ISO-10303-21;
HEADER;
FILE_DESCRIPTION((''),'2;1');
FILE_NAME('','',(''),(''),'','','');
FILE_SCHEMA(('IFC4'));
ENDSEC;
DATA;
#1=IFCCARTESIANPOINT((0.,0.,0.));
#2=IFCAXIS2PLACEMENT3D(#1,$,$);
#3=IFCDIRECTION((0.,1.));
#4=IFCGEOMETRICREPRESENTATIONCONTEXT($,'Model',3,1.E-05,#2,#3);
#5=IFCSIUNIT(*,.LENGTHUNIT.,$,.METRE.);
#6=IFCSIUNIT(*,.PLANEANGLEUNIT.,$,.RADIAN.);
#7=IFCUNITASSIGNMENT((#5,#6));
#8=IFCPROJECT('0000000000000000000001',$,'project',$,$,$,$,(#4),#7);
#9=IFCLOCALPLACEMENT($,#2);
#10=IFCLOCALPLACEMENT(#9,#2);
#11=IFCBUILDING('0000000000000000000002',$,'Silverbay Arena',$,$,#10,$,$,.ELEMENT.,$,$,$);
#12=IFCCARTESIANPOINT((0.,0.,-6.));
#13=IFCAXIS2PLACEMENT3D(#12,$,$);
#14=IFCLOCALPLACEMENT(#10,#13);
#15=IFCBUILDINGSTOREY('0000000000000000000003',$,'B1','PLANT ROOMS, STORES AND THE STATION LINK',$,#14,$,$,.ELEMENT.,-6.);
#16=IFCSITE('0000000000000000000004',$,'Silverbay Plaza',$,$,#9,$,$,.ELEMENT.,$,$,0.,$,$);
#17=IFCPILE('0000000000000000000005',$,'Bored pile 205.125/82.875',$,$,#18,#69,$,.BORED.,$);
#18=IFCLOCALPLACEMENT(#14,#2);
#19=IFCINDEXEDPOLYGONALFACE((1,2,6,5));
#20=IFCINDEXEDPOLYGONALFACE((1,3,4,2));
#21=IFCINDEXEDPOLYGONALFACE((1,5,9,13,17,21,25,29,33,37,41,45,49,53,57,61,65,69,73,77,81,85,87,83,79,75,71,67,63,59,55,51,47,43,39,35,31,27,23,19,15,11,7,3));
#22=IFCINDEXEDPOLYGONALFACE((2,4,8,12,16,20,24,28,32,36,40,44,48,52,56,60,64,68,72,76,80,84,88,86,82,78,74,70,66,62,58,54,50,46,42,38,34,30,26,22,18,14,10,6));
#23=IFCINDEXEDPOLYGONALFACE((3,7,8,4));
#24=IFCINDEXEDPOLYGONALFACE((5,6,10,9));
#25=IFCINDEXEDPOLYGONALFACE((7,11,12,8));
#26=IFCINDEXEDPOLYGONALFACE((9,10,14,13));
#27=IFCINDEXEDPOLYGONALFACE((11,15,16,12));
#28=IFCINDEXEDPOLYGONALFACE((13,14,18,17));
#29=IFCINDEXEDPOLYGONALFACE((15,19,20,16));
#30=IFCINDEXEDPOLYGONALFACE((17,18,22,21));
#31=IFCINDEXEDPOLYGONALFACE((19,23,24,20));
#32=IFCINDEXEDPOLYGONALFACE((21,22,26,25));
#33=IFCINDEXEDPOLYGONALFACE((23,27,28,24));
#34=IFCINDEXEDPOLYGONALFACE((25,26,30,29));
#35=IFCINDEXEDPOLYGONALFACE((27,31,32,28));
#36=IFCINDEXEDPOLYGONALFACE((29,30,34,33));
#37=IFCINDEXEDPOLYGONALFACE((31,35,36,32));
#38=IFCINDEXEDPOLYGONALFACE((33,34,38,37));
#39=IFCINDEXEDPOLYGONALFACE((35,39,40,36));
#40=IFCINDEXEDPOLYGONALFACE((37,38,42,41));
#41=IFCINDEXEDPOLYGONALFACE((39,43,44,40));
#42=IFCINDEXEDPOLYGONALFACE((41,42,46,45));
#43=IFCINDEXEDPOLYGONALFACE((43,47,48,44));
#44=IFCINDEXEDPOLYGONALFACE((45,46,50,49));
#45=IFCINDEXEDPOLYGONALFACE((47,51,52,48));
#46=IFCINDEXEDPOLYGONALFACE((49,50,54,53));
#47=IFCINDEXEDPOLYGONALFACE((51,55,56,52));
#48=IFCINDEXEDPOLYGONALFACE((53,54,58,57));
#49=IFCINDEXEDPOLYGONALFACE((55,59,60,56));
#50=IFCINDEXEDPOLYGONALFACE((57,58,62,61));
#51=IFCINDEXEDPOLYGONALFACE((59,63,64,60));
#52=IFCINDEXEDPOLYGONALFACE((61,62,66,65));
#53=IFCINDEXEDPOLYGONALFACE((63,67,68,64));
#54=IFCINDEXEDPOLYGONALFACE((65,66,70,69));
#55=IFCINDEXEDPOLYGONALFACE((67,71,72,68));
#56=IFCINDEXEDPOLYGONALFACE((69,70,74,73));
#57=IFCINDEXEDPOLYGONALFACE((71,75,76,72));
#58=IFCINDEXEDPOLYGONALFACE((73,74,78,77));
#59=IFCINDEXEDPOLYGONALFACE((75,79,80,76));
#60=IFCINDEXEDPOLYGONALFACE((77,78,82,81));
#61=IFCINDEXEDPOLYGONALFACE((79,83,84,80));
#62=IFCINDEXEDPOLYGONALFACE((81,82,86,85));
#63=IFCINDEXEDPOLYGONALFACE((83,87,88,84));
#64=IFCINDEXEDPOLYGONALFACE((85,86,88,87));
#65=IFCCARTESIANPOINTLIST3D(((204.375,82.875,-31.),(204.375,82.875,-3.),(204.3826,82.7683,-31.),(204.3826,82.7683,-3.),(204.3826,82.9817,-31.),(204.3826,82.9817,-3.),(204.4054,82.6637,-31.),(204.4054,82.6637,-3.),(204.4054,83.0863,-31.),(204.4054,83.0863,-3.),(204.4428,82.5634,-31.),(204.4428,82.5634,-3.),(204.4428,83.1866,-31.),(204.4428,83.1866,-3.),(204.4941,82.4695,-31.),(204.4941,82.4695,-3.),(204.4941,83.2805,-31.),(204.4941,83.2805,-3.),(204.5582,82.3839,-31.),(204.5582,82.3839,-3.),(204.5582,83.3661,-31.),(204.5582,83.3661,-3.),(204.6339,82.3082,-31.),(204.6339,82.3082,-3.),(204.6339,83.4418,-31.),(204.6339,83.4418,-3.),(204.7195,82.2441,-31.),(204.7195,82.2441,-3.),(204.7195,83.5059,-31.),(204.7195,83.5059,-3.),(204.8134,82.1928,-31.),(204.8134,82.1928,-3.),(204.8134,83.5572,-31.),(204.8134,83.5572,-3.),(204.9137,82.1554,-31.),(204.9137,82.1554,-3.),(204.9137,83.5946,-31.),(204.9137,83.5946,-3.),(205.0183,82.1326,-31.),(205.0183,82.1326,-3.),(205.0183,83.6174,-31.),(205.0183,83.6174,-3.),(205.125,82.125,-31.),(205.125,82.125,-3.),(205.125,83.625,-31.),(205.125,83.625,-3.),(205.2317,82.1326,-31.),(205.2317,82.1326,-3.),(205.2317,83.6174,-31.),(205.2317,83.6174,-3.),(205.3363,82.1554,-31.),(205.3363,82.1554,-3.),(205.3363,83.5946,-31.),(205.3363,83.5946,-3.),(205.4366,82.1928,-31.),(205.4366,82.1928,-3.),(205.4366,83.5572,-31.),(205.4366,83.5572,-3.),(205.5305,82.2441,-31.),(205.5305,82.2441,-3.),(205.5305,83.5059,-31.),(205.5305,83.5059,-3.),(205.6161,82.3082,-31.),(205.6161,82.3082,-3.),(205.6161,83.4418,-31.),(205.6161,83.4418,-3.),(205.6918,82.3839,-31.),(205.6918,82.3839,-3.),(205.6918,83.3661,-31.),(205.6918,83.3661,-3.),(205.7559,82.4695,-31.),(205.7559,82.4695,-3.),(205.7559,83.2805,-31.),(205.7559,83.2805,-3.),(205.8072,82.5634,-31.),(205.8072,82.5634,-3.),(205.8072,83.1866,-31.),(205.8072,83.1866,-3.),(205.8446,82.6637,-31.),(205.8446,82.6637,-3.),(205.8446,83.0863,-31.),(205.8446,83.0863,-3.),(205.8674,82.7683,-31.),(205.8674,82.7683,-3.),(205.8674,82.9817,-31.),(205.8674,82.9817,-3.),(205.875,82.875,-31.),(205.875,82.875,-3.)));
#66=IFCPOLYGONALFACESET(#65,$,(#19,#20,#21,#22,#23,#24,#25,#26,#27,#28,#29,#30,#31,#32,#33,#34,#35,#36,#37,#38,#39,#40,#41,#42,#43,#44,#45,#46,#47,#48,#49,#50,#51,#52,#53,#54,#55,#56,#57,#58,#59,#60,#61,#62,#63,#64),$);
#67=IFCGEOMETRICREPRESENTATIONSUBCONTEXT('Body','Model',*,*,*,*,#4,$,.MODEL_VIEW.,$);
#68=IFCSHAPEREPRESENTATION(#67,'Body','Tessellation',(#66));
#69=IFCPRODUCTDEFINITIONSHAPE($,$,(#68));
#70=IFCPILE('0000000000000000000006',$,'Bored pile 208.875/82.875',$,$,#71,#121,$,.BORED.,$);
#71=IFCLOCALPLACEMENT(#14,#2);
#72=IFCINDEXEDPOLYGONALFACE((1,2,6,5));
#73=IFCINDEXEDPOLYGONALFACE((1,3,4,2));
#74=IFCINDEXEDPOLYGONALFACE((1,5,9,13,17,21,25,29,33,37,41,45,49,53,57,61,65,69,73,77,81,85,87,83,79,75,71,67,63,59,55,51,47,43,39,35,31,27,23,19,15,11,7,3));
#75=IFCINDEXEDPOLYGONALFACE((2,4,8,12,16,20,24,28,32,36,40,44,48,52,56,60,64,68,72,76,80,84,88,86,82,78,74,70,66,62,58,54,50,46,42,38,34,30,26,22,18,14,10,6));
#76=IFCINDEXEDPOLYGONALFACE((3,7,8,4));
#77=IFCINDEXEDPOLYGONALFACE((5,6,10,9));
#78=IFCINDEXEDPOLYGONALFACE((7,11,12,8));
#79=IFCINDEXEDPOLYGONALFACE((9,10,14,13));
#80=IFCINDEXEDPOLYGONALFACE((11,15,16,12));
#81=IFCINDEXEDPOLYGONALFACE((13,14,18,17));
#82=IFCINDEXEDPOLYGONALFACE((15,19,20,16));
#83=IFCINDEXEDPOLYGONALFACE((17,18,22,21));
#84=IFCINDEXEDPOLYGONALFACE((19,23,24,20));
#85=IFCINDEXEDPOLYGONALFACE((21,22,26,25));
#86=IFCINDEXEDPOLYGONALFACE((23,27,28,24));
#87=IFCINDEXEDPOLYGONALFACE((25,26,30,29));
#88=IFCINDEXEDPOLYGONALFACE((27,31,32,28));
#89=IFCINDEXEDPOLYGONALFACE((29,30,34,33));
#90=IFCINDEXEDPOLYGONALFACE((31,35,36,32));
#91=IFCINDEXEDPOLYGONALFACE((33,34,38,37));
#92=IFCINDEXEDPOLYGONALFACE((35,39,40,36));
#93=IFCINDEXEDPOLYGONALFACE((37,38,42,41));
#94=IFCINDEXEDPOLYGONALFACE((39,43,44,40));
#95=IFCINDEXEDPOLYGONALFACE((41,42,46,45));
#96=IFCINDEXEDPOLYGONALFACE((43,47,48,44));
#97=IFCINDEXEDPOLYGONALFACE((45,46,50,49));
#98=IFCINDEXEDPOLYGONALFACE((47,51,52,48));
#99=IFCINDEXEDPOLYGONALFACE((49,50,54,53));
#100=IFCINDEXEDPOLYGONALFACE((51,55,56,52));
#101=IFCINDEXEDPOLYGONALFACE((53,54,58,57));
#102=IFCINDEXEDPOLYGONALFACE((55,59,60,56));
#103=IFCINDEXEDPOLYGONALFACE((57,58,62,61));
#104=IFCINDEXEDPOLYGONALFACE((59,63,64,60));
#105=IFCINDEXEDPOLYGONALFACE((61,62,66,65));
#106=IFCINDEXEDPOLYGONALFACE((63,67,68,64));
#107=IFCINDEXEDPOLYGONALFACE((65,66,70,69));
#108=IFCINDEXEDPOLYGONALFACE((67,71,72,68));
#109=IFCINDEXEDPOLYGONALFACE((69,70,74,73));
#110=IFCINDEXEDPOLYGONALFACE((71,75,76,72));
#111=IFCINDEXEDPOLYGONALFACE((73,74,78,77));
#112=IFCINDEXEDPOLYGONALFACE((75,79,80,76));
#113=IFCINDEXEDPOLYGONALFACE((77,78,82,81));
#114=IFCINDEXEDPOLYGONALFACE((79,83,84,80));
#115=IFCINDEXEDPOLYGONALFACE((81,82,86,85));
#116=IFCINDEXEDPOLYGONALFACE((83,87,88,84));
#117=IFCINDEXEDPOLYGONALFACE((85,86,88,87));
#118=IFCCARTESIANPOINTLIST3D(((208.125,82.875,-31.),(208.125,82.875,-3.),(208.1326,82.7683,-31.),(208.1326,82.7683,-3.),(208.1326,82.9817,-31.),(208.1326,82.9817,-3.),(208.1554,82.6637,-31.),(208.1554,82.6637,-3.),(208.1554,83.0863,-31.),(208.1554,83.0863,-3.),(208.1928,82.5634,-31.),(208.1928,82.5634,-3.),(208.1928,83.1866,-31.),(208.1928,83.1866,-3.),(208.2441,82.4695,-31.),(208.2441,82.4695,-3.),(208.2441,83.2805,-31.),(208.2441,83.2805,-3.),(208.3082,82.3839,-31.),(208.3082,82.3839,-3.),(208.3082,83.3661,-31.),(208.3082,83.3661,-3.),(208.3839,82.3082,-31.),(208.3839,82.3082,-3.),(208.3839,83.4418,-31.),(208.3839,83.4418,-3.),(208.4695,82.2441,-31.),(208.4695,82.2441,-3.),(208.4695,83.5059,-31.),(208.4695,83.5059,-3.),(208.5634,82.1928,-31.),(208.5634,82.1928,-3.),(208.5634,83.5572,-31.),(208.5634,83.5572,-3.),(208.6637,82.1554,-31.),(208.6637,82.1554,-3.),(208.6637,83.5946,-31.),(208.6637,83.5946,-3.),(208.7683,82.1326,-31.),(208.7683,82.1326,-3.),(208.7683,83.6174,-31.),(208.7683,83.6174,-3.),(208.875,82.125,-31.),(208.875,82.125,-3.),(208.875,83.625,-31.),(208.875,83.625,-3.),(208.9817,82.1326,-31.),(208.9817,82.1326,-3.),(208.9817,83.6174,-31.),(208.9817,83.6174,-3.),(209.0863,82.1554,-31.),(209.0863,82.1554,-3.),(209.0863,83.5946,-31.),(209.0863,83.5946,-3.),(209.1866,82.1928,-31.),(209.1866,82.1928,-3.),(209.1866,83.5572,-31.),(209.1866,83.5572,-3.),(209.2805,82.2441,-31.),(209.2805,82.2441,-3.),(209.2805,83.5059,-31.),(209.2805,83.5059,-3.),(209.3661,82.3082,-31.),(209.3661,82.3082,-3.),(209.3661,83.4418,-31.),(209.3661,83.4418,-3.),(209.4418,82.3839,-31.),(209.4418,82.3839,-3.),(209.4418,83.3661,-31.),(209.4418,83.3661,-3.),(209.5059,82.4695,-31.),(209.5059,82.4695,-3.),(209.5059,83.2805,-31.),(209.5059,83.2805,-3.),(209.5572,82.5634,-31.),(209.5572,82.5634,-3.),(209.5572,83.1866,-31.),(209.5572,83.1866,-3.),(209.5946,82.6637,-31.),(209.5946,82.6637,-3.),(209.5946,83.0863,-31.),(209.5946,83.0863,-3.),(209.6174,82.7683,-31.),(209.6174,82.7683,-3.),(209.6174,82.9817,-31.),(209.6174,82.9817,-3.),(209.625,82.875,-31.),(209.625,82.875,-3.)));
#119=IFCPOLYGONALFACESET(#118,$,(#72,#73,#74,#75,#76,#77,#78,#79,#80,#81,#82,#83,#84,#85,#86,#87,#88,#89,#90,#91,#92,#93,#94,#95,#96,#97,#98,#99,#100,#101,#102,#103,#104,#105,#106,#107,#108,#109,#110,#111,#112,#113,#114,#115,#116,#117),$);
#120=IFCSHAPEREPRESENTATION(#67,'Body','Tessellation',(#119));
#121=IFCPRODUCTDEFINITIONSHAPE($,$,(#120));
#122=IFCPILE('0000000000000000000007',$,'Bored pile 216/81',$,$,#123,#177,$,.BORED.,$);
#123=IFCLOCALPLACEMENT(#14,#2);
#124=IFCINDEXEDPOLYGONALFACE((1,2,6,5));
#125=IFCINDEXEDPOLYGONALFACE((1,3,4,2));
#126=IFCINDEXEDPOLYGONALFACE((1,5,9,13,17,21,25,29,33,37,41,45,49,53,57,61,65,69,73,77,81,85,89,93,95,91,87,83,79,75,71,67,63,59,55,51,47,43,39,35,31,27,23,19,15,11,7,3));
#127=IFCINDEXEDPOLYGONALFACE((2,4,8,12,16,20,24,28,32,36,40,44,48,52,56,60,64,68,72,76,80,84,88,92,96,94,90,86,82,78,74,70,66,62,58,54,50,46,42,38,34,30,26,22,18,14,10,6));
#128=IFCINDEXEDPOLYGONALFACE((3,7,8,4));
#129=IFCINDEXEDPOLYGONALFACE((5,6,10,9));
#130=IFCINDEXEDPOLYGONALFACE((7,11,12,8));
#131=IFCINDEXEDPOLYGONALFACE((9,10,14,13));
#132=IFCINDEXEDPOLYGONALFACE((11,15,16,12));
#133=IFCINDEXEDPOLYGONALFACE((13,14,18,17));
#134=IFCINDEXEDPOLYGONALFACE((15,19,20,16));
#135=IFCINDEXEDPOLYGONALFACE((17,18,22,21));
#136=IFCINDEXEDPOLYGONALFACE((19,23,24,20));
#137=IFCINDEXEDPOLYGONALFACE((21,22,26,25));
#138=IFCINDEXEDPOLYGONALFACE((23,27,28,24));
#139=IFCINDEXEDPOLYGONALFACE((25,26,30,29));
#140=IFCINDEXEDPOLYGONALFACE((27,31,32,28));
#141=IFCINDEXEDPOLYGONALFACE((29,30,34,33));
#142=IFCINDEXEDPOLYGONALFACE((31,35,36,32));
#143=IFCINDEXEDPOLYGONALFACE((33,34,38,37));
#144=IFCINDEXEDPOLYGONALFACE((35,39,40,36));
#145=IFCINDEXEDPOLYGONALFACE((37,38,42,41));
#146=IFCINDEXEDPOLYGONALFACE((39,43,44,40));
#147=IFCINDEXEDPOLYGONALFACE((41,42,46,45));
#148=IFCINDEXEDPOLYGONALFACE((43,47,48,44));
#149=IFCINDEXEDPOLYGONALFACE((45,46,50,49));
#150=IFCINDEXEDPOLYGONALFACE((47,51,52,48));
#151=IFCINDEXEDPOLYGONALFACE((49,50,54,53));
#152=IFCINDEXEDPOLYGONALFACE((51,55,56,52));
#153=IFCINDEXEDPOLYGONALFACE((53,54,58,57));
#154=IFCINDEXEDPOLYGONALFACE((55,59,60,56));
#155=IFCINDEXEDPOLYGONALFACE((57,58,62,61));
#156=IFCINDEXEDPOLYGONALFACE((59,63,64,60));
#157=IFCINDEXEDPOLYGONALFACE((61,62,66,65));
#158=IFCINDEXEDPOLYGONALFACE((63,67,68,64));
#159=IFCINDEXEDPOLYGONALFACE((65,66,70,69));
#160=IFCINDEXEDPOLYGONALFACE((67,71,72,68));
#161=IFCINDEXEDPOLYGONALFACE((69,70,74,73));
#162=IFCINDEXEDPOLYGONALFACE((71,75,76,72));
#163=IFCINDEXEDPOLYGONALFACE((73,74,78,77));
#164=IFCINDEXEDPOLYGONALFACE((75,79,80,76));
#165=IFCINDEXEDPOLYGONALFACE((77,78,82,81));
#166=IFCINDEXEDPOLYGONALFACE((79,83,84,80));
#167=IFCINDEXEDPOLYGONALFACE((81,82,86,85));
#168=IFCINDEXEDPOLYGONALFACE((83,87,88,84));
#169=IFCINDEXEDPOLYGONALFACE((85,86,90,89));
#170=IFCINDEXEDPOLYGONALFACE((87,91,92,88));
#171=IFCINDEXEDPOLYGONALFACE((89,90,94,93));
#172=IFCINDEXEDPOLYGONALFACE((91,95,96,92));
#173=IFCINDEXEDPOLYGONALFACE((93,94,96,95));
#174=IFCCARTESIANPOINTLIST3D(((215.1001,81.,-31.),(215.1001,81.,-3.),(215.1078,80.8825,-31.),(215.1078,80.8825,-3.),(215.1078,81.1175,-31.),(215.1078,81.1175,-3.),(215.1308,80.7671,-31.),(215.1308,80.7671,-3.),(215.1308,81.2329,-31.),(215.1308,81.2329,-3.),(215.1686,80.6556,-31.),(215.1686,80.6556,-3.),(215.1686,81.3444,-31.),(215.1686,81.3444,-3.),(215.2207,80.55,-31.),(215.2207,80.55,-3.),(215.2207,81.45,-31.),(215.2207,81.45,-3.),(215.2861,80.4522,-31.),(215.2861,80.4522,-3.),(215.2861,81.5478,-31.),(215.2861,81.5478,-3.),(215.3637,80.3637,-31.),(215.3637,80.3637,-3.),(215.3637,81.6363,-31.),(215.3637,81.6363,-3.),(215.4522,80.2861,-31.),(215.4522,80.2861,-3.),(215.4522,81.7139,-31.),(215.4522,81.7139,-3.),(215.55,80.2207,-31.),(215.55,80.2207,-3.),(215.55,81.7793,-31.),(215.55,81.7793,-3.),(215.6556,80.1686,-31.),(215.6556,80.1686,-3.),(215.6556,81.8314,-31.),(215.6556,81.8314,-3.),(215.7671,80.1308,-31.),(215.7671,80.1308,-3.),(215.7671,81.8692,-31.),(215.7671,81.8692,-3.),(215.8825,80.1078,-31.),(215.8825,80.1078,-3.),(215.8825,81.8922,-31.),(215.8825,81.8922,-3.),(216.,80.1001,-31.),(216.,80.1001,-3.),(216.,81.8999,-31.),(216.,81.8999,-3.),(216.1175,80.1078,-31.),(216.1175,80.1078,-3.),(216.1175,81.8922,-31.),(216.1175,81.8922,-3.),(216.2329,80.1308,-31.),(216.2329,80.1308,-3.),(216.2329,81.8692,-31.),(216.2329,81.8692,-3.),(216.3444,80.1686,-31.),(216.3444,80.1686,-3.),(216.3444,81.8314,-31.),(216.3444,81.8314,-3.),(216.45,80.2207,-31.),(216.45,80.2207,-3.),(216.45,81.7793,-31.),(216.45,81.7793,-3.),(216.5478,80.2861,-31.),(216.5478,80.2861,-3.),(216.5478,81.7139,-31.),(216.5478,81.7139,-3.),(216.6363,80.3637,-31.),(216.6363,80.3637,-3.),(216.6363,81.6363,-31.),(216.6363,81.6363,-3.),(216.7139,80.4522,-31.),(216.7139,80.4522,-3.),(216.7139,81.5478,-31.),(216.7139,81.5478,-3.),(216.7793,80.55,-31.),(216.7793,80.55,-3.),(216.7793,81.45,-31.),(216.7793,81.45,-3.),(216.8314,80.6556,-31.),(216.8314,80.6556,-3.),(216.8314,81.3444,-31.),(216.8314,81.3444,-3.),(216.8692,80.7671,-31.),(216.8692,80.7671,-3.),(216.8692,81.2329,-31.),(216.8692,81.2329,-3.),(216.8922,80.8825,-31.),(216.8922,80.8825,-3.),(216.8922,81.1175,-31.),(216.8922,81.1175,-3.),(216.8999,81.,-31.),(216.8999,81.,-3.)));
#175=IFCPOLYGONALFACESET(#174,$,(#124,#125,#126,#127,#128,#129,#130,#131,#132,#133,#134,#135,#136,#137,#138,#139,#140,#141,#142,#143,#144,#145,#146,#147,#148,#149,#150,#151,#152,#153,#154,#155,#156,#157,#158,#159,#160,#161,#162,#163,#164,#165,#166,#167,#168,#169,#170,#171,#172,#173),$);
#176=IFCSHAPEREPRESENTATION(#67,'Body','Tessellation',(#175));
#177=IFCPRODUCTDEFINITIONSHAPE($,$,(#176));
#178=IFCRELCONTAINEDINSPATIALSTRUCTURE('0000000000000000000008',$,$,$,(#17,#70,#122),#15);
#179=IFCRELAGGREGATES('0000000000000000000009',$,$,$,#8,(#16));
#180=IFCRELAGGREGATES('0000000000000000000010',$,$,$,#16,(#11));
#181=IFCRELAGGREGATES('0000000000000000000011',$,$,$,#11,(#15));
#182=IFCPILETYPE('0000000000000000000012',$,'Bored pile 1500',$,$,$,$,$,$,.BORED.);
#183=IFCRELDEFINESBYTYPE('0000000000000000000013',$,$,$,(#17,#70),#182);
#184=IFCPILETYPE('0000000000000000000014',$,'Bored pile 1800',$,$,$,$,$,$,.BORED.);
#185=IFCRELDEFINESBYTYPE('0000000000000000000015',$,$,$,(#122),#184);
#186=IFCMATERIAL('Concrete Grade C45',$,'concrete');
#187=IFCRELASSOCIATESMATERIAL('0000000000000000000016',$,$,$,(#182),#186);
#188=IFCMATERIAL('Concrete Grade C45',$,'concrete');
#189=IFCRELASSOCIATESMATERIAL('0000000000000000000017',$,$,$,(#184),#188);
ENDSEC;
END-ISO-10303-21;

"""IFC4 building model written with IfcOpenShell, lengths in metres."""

from ifc_helpers import new_model, si_unit, direction, frame, origin, origin_2d, place, context, subcontext, project, spatial, circle, extrude, material, material_profile, profile_set, type_object, element, save


model = new_model("IFC4")

# Units and contexts
model_context = context("Model", 3, precision=1e-05, world=origin(), true_north=direction((0.0, 1.0)))
body_context = subcontext(model_context, "Body", "Model", "MODEL_VIEW")
ifc_project = project(units=[si_unit("LENGTHUNIT", "METRE"), si_unit("PLANEANGLEUNIT", "RADIAN")], contexts=[model_context])

# Site, building, storey
site_placement = place(None, origin())
site = spatial("IfcSite", under=ifc_project, at=site_placement, Name="Silverbay Plaza", CompositionType="ELEMENT", RefElevation=0.0)
building_placement = place(site_placement, origin())
building = spatial("IfcBuilding", under=site, at=building_placement, Name="Silverbay Arena", CompositionType="ELEMENT")
storey_placement = place(building_placement, frame((0.0, 0.0, -6.0)))
storey = spatial("IfcBuildingStorey", under=building, at=storey_placement, Name="B1", Description="PLANT ROOMS, STORES AND THE STATION LINK", CompositionType="ELEMENT", Elevation=-6.0)

# Piles
ifc_material_1 = material(Name="Concrete Grade C45", Category="concrete")
ifc_material_profile_1 = material_profile(ifc_material_1, circle(Radius=0.75, at=origin_2d()), Name="Bored pile 1500")
ifc_profile_set_1 = profile_set([ifc_material_profile_1], Name="Concrete Grade C45")
pile_type_1 = type_object("IfcPileType", Name="Bored pile 1500", PredefinedType="BORED", material=ifc_profile_set_1)
for number, where, z_axis, x_axis, name in (
    (1, (205.125, 82.875, -3.0), (0.0, 0.0, -1.0), (1.0, 0.0, 0.0), "Bored pile 205.125/82.875"),
    (2, (208.875, 82.875, -3.0), (0.0, 0.0, -1.0), (1.0, 0.0, 0.0), "Bored pile 208.875/82.875"),
):
    element("IfcPile", number, at=place(storey_placement, frame(where, z_axis=z_axis, x_axis=x_axis)), inside=storey, type_object=pile_type_1, Name=name, PredefinedType="BORED", context=body_context, shape_type="SweptSolid", body=[
        extrude(circle(Radius=0.75, at=origin_2d()), origin(), (0.0, 0.0, 1.0), 28.0),
    ])
ifc_material_2 = material(Name="Concrete Grade C45", Category="concrete")
ifc_material_profile_2 = material_profile(ifc_material_2, circle(Radius=0.8999, at=origin_2d()), Name="Bored pile 1800")
ifc_profile_set_2 = profile_set([ifc_material_profile_2], Name="Concrete Grade C45")
pile_type_2 = type_object("IfcPileType", Name="Bored pile 1800", PredefinedType="BORED", material=ifc_profile_set_2)
for number, where, z_axis, x_axis, name in (
    (3, (216.0, 81.0, -3.0), (0.0, 0.0, -1.0), (1.0, 0.0, 0.0), "Bored pile 216/81"),
):
    element("IfcPile", number, at=place(storey_placement, frame(where, z_axis=z_axis, x_axis=x_axis)), inside=storey, type_object=pile_type_2, Name=name, PredefinedType="BORED", context=body_context, shape_type="SweptSolid", body=[
        extrude(circle(Radius=0.8999, at=origin_2d()), origin(), (0.0, 0.0, 1.0), 28.0),
    ])

save(model, "model.ifc")
